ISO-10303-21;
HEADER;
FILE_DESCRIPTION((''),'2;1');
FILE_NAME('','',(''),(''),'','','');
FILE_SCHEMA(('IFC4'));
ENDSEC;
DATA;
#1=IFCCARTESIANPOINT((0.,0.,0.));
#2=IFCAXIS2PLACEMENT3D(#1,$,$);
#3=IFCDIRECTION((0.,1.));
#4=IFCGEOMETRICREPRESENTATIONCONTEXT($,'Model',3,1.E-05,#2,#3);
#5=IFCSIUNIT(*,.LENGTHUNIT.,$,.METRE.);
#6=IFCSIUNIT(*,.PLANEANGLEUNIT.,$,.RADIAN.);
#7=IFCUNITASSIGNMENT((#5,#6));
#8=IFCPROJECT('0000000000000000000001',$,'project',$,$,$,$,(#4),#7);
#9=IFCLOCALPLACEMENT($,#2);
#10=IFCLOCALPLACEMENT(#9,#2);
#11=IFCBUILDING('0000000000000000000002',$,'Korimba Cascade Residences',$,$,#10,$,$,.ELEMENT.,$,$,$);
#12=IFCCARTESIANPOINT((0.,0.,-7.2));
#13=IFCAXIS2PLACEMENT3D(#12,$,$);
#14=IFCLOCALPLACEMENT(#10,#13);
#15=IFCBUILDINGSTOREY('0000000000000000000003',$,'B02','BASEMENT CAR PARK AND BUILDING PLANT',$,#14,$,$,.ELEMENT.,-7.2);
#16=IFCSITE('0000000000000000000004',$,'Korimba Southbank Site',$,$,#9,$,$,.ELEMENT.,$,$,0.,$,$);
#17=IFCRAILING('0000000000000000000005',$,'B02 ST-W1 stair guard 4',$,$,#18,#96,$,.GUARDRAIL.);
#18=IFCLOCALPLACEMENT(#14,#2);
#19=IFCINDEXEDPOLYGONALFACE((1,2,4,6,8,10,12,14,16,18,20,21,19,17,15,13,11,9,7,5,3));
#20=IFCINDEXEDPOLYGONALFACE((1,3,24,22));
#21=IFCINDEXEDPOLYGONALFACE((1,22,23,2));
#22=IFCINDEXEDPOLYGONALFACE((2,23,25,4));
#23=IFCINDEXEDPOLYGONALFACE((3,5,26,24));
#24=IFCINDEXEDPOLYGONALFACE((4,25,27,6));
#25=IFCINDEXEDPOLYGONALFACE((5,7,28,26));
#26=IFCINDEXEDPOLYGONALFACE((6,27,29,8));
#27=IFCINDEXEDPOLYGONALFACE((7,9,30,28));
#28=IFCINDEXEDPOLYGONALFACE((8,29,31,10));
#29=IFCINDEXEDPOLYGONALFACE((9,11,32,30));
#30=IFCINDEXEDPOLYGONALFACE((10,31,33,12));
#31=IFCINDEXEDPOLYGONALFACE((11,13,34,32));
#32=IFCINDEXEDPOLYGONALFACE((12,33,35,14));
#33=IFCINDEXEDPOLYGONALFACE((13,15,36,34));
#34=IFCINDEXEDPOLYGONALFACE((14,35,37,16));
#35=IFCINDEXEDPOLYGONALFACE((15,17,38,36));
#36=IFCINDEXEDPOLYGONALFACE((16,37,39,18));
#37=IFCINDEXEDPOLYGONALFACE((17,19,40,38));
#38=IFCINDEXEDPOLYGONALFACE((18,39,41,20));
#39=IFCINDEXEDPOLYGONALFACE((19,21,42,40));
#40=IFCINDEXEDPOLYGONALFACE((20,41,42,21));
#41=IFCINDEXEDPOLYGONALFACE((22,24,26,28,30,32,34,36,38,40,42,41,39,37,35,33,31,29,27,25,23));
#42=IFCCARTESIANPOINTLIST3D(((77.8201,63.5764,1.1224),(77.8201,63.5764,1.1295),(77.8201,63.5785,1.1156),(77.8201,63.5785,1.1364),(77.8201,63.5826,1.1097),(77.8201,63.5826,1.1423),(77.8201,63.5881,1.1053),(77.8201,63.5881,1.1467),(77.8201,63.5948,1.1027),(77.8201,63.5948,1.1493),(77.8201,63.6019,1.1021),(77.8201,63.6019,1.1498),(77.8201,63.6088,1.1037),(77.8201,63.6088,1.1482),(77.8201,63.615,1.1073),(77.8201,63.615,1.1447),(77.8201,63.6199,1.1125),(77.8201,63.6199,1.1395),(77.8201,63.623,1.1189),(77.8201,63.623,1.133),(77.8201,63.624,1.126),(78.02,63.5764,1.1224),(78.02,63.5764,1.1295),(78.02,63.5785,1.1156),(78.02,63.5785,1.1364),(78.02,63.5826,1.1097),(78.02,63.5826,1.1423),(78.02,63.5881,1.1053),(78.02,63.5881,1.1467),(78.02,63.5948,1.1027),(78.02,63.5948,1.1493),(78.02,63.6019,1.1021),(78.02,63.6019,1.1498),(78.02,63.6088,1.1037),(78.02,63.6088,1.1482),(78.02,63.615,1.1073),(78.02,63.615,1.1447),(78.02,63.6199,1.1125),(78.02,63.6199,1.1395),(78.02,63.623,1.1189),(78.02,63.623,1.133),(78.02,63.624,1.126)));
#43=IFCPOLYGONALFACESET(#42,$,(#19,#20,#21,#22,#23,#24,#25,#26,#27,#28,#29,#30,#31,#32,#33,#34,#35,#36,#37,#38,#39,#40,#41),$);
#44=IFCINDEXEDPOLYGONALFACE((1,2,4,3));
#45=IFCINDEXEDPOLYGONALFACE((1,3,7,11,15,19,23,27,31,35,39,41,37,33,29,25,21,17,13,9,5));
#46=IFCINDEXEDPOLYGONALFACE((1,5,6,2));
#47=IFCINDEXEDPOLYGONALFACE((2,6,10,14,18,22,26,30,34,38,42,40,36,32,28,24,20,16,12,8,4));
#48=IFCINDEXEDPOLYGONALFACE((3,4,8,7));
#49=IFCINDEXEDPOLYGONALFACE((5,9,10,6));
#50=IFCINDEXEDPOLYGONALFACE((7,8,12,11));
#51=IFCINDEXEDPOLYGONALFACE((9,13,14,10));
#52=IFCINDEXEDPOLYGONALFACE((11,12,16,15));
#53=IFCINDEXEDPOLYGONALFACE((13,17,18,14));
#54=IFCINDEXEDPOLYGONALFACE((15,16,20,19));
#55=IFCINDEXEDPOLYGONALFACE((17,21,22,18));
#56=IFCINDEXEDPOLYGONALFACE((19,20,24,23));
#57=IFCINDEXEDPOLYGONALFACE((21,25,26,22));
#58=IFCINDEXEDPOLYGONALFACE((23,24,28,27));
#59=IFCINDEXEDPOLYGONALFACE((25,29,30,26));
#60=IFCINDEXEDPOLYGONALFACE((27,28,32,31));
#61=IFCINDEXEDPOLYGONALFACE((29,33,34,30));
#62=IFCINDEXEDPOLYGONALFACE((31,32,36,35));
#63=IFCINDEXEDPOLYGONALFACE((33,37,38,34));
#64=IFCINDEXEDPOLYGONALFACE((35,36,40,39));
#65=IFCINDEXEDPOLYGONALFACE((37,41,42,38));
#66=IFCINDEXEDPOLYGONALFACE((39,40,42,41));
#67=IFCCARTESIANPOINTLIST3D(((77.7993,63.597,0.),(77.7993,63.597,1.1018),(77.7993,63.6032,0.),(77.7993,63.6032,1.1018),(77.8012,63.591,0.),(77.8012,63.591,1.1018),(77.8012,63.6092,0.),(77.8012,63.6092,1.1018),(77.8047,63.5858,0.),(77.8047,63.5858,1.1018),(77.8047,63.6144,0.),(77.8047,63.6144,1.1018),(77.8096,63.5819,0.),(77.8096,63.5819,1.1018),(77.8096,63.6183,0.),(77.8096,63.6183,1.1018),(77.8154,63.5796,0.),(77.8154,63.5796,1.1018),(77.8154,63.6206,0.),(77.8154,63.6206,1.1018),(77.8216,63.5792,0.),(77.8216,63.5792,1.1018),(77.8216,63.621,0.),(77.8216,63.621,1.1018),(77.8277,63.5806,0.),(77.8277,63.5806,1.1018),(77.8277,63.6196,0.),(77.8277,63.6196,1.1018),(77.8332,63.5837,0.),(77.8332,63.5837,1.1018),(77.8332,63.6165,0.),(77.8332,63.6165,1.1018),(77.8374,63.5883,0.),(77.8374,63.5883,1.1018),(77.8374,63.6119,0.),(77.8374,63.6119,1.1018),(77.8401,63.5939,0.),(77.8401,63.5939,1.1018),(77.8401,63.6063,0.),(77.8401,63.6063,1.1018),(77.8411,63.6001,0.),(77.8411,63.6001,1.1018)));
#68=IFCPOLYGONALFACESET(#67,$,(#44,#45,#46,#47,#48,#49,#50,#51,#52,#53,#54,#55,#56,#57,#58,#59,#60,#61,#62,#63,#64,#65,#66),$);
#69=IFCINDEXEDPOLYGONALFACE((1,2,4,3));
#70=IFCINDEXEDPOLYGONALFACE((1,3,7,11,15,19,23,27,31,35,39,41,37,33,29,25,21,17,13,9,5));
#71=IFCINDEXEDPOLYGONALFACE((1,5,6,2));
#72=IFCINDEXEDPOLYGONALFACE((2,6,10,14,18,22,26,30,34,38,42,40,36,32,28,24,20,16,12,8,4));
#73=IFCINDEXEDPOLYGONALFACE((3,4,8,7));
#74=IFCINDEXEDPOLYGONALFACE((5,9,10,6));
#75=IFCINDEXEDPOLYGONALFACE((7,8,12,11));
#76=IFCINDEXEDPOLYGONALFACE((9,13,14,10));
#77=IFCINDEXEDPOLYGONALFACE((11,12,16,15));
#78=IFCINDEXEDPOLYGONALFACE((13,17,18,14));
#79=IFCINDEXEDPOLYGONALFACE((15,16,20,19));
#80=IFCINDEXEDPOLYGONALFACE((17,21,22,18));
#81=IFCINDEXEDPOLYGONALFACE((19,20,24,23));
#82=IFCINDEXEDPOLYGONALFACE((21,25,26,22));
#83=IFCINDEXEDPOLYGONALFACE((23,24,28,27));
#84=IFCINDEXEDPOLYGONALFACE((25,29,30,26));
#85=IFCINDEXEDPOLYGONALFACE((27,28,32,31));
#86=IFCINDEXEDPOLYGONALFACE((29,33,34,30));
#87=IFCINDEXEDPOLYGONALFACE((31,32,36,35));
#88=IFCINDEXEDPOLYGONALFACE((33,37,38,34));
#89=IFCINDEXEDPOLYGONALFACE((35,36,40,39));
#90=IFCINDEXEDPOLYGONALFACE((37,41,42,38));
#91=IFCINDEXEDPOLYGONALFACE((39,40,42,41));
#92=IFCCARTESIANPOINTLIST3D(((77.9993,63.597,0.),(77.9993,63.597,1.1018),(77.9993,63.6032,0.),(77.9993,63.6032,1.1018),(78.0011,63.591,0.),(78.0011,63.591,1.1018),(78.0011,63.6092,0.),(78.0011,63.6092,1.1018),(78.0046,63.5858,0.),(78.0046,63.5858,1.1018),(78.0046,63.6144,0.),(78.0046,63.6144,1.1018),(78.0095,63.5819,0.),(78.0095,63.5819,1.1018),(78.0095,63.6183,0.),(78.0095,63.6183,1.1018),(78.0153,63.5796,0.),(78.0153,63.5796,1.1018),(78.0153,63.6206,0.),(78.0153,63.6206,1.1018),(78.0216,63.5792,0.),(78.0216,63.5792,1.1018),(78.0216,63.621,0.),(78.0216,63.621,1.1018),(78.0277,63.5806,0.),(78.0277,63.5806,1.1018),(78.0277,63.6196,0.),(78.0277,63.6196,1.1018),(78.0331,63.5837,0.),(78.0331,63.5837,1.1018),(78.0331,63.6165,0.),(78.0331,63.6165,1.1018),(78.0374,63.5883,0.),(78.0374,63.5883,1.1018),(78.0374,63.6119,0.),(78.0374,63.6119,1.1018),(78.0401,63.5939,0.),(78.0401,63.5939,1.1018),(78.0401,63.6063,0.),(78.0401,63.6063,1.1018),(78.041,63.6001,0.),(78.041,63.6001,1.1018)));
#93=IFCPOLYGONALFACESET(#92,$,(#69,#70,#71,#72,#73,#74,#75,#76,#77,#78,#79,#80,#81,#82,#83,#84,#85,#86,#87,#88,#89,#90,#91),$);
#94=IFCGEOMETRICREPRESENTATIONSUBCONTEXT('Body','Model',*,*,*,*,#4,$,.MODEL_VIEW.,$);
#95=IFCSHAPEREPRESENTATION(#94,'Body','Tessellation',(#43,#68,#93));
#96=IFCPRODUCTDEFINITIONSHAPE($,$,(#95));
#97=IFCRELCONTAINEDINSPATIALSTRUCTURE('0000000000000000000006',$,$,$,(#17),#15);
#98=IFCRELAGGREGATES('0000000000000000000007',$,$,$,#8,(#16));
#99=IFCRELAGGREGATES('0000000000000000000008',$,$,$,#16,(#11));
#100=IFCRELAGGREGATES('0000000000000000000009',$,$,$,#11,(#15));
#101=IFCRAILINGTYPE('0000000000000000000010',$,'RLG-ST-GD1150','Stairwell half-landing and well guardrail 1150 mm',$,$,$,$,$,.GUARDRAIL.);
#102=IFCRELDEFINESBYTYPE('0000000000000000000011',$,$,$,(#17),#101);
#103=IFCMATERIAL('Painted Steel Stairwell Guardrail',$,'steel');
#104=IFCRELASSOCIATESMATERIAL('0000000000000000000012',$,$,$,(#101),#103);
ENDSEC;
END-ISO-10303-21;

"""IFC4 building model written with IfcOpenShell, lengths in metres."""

from ifc_helpers import new_model, si_unit, direction, frame, origin, origin_2d, place, context, subcontext, project, spatial, circle, extrude, material, type_object, element, save


model = new_model("IFC4")

# Units and contexts
model_context = context("Model", 3, precision=1e-05, world=origin(), true_north=direction((0.0, 1.0)))
body_context = subcontext(model_context, "Body", "Model", "MODEL_VIEW")
ifc_project = project(units=[si_unit("LENGTHUNIT", "METRE"), si_unit("PLANEANGLEUNIT", "RADIAN")], contexts=[model_context])

# Site, building, storey
site_placement = place(None, origin())
site = spatial("IfcSite", under=ifc_project, at=site_placement, Name="Korimba Southbank Site", CompositionType="ELEMENT", RefElevation=0.0)
building_placement = place(site_placement, origin())
building = spatial("IfcBuilding", under=site, at=building_placement, Name="Korimba Cascade Residences", CompositionType="ELEMENT")
storey_placement = place(building_placement, frame((0.0, 0.0, -7.2)))
storey = spatial("IfcBuildingStorey", under=building, at=storey_placement, Name="B02", Description="BASEMENT CAR PARK AND BUILDING PLANT", CompositionType="ELEMENT", Elevation=-7.2)

# Railing
ifc_material_1 = material(Name="Painted Steel Stairwell Guardrail", Category="steel")
railing_type_1 = type_object("IfcRailingType", Name="RLG-ST-GD1150", Description="Stairwell half-landing and well guardrail 1150 mm", PredefinedType="GUARDRAIL", material=ifc_material_1)
railing_1_placement = place(storey_placement, frame((77.8201, 63.6001, 0.0)))
element("IfcRailing", 1, at=railing_1_placement, inside=storey, type_object=railing_type_1, Name="B02 ST-W1 stair guard 4", PredefinedType="GUARDRAIL", context=body_context, shape_type="SweptSolid", body=[
    extrude(circle(Radius=0.0239, at=origin_2d()), frame((0.0, 0.0, 1.126), z_axis=(1.0, 0.0, 0.0), x_axis=(0.0, 1.0, 0.0)), (0.0, 0.0, 1.0), 0.2),
    extrude(circle(Radius=0.021, at=origin_2d()), origin(), (0.0, 0.0, 1.0), 1.1018),
    extrude(circle(Radius=0.021, at=origin_2d()), frame((0.2, 0.0, 0.0)), (0.0, 0.0, 1.0), 1.1018),
])

save(model, "model.ifc")
